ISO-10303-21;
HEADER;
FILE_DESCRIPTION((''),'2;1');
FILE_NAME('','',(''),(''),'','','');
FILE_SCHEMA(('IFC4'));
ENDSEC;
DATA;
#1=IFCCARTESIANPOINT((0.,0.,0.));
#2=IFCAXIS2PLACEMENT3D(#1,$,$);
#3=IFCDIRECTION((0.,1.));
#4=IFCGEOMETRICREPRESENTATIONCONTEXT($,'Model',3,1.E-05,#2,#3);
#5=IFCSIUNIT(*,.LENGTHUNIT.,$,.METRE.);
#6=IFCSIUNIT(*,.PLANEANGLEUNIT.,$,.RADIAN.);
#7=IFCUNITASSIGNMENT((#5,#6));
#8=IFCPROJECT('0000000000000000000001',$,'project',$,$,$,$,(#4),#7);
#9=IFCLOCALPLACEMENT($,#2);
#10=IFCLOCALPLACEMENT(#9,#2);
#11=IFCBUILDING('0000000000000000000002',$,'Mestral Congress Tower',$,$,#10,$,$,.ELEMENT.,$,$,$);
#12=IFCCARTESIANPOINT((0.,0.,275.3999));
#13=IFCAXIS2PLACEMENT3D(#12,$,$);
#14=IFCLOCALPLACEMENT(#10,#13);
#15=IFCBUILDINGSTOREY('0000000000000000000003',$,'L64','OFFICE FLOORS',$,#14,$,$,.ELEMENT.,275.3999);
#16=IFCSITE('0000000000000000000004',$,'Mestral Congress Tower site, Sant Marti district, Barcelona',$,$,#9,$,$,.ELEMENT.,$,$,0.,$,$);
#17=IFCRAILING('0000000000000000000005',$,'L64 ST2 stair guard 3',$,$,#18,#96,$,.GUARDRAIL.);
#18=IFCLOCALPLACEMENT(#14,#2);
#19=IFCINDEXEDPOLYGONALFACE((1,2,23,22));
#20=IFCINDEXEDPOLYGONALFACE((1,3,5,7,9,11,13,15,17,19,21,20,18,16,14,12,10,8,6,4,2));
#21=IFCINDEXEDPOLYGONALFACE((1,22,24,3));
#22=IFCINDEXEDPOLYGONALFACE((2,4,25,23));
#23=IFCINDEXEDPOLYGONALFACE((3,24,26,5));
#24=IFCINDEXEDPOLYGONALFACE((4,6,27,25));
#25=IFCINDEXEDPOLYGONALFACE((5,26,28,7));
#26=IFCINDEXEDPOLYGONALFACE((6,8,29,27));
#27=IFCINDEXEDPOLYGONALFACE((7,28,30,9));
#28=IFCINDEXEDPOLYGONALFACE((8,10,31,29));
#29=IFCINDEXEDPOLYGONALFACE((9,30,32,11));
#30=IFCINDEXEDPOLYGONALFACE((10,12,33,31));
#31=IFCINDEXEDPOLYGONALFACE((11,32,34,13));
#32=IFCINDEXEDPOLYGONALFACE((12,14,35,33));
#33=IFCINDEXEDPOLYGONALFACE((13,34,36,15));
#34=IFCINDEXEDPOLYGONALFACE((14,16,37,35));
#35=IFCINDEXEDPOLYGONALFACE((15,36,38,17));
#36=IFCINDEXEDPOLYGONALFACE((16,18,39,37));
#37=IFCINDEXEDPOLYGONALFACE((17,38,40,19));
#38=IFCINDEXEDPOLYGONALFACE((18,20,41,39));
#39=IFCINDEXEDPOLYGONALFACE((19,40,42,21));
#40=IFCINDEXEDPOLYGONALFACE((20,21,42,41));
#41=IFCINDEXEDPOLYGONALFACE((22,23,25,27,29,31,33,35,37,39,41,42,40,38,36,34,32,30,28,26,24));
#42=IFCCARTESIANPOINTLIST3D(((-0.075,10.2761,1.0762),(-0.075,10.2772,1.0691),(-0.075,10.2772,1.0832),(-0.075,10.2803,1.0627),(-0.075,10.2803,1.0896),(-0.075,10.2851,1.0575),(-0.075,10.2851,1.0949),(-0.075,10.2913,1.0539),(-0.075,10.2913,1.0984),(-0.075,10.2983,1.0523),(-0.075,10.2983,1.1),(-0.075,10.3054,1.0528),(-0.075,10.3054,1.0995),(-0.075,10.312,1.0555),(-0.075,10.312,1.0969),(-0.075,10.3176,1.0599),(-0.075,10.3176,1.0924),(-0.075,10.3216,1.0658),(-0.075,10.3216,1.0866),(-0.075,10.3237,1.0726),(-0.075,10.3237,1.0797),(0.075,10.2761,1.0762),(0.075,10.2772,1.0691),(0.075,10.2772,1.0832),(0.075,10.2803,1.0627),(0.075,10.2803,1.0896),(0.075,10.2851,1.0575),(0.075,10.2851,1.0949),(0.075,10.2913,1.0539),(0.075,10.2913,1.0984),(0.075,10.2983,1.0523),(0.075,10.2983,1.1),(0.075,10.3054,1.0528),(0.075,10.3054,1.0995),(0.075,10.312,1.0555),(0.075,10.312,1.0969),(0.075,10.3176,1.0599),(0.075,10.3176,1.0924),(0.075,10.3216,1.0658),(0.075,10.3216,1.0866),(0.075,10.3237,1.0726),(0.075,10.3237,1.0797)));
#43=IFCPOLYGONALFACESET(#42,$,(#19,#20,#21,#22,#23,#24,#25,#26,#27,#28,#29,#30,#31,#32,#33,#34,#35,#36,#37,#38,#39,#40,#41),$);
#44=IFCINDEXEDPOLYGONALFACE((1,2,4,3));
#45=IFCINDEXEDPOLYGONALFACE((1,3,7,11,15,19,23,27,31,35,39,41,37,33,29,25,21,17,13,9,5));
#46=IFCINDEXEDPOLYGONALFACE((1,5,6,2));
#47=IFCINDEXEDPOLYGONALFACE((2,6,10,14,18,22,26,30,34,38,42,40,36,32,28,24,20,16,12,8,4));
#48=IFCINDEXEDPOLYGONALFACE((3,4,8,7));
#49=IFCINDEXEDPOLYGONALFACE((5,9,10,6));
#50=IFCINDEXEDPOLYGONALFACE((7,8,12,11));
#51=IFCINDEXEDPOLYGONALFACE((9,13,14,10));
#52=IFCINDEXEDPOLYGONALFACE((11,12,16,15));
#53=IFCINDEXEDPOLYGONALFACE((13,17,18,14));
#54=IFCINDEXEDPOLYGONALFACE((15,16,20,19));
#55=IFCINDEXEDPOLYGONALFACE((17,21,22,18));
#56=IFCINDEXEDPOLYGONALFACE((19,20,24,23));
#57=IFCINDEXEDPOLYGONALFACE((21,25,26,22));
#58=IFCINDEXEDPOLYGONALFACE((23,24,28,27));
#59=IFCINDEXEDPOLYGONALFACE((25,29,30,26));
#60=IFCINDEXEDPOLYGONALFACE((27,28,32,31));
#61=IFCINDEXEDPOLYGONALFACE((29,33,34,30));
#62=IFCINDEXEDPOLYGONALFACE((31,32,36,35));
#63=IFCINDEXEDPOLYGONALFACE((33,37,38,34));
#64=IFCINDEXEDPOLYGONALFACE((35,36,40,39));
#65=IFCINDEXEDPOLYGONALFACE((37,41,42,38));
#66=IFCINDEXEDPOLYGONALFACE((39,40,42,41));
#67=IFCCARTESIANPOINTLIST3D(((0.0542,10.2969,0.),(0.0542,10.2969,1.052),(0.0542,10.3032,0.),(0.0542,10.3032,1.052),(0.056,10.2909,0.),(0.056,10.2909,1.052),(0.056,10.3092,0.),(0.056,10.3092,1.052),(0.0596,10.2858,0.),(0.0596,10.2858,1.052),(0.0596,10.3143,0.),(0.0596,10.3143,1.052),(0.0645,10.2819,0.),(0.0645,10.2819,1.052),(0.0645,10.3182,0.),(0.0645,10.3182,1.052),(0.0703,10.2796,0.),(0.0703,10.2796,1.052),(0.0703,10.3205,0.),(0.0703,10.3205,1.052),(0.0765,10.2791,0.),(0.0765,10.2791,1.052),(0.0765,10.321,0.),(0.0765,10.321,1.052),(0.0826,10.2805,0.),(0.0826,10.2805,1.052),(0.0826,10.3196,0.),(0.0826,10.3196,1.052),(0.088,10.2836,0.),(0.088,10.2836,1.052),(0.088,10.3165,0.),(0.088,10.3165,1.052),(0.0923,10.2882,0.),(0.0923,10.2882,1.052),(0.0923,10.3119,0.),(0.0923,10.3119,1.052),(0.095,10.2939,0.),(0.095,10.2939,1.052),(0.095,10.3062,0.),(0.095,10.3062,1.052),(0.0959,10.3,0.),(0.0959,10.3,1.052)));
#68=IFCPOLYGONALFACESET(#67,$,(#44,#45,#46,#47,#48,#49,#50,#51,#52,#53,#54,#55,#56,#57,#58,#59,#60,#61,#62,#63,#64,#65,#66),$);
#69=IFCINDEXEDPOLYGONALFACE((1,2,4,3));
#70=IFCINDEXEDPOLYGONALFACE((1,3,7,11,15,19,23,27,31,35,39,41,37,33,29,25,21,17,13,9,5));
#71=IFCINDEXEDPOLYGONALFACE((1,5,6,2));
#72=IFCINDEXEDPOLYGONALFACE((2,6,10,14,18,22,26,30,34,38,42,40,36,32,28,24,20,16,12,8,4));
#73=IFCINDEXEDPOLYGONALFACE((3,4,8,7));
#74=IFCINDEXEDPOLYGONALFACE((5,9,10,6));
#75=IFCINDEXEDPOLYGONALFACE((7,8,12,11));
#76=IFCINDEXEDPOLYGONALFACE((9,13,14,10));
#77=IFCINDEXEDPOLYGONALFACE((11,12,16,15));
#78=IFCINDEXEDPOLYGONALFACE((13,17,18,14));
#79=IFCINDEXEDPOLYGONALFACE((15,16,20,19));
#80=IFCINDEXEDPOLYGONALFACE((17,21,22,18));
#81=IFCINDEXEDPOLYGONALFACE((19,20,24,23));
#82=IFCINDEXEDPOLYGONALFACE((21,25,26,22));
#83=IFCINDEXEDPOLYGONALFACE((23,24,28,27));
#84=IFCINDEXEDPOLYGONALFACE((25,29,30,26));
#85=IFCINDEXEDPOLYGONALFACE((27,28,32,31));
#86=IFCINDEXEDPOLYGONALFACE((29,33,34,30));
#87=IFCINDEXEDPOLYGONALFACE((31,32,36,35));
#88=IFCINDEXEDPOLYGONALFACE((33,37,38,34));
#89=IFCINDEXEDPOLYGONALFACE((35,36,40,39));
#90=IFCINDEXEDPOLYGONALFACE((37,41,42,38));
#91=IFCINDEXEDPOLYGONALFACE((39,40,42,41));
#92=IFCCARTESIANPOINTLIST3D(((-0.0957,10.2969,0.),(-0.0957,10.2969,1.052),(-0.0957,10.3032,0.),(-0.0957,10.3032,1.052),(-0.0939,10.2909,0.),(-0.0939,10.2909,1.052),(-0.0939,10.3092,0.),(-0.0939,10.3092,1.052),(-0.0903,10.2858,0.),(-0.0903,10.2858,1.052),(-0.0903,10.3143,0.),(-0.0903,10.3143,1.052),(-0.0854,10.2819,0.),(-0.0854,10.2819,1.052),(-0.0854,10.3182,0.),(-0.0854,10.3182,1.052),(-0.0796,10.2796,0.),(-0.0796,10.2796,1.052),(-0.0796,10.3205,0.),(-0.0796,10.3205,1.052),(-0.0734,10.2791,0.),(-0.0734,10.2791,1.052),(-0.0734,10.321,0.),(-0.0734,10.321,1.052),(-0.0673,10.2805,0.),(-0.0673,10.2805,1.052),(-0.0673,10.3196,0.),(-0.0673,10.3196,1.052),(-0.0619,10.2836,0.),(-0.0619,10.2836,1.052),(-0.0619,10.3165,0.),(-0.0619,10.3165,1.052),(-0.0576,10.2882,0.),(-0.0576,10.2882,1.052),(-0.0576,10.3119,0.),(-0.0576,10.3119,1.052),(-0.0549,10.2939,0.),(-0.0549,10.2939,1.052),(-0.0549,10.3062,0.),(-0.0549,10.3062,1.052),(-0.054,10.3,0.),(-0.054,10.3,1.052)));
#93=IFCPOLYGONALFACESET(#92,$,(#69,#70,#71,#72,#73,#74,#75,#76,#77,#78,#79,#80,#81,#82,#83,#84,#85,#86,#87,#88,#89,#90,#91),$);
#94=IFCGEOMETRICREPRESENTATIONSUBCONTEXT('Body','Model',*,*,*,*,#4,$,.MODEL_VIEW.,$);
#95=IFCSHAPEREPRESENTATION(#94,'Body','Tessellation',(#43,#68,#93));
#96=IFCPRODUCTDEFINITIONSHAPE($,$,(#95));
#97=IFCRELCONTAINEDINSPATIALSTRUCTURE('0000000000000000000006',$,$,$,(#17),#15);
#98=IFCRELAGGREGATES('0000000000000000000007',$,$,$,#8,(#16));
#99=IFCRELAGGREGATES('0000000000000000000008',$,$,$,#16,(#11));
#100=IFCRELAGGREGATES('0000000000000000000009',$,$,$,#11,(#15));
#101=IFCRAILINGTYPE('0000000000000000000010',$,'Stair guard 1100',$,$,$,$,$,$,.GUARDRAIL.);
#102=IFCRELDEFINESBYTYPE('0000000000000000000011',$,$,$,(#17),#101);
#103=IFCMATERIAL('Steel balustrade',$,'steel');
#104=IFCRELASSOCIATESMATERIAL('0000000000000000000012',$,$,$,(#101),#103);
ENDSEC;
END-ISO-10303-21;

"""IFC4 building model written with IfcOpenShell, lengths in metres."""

from ifc_helpers import new_model, si_unit, direction, frame, origin, origin_2d, place, context, subcontext, project, spatial, circle, extrude, material, type_object, element, save


model = new_model("IFC4")

# Units and contexts
model_context = context("Model", 3, precision=1e-05, world=origin(), true_north=direction((0.0, 1.0)))
body_context = subcontext(model_context, "Body", "Model", "MODEL_VIEW")
ifc_project = project(units=[si_unit("LENGTHUNIT", "METRE"), si_unit("PLANEANGLEUNIT", "RADIAN")], contexts=[model_context])

# Site, building, storey
site_placement = place(None, origin())
site = spatial("IfcSite", under=ifc_project, at=site_placement, Name="Mestral Congress Tower site, Sant Marti district, Barcelona", CompositionType="ELEMENT", RefElevation=0.0)
building_placement = place(site_placement, origin())
building = spatial("IfcBuilding", under=site, at=building_placement, Name="Mestral Congress Tower", CompositionType="ELEMENT")
storey_placement = place(building_placement, frame((0.0, 0.0, 275.3999)))
storey = spatial("IfcBuildingStorey", under=building, at=storey_placement, Name="L64", Description="OFFICE FLOORS", CompositionType="ELEMENT", Elevation=275.3999)

# Railing
ifc_material_1 = material(Name="Steel balustrade", Category="steel")
railing_type_1 = type_object("IfcRailingType", Name="Stair guard 1100", PredefinedType="GUARDRAIL", material=ifc_material_1)
railing_1_placement = place(storey_placement, frame((0.075, 10.3, 0.0)))
element("IfcRailing", 1, at=railing_1_placement, inside=storey, type_object=railing_type_1, Name="L64 ST2 stair guard 3", PredefinedType="GUARDRAIL", context=body_context, shape_type="SweptSolid", body=[
    extrude(circle(Radius=0.0239, at=origin_2d()), frame((0.0, 0.0, 1.0762), z_axis=(-1.0, 0.0, 0.0), x_axis=(0.0, -1.0, 0.0)), (0.0, 0.0, 1.0), 0.1499),
    extrude(circle(Radius=0.021, at=origin_2d()), origin(), (0.0, 0.0, 1.0), 1.052),
    extrude(circle(Radius=0.021, at=origin_2d()), frame((-0.1499, 0.0, 0.0)), (0.0, 0.0, 1.0), 1.052),
])

save(model, "model.ifc")
